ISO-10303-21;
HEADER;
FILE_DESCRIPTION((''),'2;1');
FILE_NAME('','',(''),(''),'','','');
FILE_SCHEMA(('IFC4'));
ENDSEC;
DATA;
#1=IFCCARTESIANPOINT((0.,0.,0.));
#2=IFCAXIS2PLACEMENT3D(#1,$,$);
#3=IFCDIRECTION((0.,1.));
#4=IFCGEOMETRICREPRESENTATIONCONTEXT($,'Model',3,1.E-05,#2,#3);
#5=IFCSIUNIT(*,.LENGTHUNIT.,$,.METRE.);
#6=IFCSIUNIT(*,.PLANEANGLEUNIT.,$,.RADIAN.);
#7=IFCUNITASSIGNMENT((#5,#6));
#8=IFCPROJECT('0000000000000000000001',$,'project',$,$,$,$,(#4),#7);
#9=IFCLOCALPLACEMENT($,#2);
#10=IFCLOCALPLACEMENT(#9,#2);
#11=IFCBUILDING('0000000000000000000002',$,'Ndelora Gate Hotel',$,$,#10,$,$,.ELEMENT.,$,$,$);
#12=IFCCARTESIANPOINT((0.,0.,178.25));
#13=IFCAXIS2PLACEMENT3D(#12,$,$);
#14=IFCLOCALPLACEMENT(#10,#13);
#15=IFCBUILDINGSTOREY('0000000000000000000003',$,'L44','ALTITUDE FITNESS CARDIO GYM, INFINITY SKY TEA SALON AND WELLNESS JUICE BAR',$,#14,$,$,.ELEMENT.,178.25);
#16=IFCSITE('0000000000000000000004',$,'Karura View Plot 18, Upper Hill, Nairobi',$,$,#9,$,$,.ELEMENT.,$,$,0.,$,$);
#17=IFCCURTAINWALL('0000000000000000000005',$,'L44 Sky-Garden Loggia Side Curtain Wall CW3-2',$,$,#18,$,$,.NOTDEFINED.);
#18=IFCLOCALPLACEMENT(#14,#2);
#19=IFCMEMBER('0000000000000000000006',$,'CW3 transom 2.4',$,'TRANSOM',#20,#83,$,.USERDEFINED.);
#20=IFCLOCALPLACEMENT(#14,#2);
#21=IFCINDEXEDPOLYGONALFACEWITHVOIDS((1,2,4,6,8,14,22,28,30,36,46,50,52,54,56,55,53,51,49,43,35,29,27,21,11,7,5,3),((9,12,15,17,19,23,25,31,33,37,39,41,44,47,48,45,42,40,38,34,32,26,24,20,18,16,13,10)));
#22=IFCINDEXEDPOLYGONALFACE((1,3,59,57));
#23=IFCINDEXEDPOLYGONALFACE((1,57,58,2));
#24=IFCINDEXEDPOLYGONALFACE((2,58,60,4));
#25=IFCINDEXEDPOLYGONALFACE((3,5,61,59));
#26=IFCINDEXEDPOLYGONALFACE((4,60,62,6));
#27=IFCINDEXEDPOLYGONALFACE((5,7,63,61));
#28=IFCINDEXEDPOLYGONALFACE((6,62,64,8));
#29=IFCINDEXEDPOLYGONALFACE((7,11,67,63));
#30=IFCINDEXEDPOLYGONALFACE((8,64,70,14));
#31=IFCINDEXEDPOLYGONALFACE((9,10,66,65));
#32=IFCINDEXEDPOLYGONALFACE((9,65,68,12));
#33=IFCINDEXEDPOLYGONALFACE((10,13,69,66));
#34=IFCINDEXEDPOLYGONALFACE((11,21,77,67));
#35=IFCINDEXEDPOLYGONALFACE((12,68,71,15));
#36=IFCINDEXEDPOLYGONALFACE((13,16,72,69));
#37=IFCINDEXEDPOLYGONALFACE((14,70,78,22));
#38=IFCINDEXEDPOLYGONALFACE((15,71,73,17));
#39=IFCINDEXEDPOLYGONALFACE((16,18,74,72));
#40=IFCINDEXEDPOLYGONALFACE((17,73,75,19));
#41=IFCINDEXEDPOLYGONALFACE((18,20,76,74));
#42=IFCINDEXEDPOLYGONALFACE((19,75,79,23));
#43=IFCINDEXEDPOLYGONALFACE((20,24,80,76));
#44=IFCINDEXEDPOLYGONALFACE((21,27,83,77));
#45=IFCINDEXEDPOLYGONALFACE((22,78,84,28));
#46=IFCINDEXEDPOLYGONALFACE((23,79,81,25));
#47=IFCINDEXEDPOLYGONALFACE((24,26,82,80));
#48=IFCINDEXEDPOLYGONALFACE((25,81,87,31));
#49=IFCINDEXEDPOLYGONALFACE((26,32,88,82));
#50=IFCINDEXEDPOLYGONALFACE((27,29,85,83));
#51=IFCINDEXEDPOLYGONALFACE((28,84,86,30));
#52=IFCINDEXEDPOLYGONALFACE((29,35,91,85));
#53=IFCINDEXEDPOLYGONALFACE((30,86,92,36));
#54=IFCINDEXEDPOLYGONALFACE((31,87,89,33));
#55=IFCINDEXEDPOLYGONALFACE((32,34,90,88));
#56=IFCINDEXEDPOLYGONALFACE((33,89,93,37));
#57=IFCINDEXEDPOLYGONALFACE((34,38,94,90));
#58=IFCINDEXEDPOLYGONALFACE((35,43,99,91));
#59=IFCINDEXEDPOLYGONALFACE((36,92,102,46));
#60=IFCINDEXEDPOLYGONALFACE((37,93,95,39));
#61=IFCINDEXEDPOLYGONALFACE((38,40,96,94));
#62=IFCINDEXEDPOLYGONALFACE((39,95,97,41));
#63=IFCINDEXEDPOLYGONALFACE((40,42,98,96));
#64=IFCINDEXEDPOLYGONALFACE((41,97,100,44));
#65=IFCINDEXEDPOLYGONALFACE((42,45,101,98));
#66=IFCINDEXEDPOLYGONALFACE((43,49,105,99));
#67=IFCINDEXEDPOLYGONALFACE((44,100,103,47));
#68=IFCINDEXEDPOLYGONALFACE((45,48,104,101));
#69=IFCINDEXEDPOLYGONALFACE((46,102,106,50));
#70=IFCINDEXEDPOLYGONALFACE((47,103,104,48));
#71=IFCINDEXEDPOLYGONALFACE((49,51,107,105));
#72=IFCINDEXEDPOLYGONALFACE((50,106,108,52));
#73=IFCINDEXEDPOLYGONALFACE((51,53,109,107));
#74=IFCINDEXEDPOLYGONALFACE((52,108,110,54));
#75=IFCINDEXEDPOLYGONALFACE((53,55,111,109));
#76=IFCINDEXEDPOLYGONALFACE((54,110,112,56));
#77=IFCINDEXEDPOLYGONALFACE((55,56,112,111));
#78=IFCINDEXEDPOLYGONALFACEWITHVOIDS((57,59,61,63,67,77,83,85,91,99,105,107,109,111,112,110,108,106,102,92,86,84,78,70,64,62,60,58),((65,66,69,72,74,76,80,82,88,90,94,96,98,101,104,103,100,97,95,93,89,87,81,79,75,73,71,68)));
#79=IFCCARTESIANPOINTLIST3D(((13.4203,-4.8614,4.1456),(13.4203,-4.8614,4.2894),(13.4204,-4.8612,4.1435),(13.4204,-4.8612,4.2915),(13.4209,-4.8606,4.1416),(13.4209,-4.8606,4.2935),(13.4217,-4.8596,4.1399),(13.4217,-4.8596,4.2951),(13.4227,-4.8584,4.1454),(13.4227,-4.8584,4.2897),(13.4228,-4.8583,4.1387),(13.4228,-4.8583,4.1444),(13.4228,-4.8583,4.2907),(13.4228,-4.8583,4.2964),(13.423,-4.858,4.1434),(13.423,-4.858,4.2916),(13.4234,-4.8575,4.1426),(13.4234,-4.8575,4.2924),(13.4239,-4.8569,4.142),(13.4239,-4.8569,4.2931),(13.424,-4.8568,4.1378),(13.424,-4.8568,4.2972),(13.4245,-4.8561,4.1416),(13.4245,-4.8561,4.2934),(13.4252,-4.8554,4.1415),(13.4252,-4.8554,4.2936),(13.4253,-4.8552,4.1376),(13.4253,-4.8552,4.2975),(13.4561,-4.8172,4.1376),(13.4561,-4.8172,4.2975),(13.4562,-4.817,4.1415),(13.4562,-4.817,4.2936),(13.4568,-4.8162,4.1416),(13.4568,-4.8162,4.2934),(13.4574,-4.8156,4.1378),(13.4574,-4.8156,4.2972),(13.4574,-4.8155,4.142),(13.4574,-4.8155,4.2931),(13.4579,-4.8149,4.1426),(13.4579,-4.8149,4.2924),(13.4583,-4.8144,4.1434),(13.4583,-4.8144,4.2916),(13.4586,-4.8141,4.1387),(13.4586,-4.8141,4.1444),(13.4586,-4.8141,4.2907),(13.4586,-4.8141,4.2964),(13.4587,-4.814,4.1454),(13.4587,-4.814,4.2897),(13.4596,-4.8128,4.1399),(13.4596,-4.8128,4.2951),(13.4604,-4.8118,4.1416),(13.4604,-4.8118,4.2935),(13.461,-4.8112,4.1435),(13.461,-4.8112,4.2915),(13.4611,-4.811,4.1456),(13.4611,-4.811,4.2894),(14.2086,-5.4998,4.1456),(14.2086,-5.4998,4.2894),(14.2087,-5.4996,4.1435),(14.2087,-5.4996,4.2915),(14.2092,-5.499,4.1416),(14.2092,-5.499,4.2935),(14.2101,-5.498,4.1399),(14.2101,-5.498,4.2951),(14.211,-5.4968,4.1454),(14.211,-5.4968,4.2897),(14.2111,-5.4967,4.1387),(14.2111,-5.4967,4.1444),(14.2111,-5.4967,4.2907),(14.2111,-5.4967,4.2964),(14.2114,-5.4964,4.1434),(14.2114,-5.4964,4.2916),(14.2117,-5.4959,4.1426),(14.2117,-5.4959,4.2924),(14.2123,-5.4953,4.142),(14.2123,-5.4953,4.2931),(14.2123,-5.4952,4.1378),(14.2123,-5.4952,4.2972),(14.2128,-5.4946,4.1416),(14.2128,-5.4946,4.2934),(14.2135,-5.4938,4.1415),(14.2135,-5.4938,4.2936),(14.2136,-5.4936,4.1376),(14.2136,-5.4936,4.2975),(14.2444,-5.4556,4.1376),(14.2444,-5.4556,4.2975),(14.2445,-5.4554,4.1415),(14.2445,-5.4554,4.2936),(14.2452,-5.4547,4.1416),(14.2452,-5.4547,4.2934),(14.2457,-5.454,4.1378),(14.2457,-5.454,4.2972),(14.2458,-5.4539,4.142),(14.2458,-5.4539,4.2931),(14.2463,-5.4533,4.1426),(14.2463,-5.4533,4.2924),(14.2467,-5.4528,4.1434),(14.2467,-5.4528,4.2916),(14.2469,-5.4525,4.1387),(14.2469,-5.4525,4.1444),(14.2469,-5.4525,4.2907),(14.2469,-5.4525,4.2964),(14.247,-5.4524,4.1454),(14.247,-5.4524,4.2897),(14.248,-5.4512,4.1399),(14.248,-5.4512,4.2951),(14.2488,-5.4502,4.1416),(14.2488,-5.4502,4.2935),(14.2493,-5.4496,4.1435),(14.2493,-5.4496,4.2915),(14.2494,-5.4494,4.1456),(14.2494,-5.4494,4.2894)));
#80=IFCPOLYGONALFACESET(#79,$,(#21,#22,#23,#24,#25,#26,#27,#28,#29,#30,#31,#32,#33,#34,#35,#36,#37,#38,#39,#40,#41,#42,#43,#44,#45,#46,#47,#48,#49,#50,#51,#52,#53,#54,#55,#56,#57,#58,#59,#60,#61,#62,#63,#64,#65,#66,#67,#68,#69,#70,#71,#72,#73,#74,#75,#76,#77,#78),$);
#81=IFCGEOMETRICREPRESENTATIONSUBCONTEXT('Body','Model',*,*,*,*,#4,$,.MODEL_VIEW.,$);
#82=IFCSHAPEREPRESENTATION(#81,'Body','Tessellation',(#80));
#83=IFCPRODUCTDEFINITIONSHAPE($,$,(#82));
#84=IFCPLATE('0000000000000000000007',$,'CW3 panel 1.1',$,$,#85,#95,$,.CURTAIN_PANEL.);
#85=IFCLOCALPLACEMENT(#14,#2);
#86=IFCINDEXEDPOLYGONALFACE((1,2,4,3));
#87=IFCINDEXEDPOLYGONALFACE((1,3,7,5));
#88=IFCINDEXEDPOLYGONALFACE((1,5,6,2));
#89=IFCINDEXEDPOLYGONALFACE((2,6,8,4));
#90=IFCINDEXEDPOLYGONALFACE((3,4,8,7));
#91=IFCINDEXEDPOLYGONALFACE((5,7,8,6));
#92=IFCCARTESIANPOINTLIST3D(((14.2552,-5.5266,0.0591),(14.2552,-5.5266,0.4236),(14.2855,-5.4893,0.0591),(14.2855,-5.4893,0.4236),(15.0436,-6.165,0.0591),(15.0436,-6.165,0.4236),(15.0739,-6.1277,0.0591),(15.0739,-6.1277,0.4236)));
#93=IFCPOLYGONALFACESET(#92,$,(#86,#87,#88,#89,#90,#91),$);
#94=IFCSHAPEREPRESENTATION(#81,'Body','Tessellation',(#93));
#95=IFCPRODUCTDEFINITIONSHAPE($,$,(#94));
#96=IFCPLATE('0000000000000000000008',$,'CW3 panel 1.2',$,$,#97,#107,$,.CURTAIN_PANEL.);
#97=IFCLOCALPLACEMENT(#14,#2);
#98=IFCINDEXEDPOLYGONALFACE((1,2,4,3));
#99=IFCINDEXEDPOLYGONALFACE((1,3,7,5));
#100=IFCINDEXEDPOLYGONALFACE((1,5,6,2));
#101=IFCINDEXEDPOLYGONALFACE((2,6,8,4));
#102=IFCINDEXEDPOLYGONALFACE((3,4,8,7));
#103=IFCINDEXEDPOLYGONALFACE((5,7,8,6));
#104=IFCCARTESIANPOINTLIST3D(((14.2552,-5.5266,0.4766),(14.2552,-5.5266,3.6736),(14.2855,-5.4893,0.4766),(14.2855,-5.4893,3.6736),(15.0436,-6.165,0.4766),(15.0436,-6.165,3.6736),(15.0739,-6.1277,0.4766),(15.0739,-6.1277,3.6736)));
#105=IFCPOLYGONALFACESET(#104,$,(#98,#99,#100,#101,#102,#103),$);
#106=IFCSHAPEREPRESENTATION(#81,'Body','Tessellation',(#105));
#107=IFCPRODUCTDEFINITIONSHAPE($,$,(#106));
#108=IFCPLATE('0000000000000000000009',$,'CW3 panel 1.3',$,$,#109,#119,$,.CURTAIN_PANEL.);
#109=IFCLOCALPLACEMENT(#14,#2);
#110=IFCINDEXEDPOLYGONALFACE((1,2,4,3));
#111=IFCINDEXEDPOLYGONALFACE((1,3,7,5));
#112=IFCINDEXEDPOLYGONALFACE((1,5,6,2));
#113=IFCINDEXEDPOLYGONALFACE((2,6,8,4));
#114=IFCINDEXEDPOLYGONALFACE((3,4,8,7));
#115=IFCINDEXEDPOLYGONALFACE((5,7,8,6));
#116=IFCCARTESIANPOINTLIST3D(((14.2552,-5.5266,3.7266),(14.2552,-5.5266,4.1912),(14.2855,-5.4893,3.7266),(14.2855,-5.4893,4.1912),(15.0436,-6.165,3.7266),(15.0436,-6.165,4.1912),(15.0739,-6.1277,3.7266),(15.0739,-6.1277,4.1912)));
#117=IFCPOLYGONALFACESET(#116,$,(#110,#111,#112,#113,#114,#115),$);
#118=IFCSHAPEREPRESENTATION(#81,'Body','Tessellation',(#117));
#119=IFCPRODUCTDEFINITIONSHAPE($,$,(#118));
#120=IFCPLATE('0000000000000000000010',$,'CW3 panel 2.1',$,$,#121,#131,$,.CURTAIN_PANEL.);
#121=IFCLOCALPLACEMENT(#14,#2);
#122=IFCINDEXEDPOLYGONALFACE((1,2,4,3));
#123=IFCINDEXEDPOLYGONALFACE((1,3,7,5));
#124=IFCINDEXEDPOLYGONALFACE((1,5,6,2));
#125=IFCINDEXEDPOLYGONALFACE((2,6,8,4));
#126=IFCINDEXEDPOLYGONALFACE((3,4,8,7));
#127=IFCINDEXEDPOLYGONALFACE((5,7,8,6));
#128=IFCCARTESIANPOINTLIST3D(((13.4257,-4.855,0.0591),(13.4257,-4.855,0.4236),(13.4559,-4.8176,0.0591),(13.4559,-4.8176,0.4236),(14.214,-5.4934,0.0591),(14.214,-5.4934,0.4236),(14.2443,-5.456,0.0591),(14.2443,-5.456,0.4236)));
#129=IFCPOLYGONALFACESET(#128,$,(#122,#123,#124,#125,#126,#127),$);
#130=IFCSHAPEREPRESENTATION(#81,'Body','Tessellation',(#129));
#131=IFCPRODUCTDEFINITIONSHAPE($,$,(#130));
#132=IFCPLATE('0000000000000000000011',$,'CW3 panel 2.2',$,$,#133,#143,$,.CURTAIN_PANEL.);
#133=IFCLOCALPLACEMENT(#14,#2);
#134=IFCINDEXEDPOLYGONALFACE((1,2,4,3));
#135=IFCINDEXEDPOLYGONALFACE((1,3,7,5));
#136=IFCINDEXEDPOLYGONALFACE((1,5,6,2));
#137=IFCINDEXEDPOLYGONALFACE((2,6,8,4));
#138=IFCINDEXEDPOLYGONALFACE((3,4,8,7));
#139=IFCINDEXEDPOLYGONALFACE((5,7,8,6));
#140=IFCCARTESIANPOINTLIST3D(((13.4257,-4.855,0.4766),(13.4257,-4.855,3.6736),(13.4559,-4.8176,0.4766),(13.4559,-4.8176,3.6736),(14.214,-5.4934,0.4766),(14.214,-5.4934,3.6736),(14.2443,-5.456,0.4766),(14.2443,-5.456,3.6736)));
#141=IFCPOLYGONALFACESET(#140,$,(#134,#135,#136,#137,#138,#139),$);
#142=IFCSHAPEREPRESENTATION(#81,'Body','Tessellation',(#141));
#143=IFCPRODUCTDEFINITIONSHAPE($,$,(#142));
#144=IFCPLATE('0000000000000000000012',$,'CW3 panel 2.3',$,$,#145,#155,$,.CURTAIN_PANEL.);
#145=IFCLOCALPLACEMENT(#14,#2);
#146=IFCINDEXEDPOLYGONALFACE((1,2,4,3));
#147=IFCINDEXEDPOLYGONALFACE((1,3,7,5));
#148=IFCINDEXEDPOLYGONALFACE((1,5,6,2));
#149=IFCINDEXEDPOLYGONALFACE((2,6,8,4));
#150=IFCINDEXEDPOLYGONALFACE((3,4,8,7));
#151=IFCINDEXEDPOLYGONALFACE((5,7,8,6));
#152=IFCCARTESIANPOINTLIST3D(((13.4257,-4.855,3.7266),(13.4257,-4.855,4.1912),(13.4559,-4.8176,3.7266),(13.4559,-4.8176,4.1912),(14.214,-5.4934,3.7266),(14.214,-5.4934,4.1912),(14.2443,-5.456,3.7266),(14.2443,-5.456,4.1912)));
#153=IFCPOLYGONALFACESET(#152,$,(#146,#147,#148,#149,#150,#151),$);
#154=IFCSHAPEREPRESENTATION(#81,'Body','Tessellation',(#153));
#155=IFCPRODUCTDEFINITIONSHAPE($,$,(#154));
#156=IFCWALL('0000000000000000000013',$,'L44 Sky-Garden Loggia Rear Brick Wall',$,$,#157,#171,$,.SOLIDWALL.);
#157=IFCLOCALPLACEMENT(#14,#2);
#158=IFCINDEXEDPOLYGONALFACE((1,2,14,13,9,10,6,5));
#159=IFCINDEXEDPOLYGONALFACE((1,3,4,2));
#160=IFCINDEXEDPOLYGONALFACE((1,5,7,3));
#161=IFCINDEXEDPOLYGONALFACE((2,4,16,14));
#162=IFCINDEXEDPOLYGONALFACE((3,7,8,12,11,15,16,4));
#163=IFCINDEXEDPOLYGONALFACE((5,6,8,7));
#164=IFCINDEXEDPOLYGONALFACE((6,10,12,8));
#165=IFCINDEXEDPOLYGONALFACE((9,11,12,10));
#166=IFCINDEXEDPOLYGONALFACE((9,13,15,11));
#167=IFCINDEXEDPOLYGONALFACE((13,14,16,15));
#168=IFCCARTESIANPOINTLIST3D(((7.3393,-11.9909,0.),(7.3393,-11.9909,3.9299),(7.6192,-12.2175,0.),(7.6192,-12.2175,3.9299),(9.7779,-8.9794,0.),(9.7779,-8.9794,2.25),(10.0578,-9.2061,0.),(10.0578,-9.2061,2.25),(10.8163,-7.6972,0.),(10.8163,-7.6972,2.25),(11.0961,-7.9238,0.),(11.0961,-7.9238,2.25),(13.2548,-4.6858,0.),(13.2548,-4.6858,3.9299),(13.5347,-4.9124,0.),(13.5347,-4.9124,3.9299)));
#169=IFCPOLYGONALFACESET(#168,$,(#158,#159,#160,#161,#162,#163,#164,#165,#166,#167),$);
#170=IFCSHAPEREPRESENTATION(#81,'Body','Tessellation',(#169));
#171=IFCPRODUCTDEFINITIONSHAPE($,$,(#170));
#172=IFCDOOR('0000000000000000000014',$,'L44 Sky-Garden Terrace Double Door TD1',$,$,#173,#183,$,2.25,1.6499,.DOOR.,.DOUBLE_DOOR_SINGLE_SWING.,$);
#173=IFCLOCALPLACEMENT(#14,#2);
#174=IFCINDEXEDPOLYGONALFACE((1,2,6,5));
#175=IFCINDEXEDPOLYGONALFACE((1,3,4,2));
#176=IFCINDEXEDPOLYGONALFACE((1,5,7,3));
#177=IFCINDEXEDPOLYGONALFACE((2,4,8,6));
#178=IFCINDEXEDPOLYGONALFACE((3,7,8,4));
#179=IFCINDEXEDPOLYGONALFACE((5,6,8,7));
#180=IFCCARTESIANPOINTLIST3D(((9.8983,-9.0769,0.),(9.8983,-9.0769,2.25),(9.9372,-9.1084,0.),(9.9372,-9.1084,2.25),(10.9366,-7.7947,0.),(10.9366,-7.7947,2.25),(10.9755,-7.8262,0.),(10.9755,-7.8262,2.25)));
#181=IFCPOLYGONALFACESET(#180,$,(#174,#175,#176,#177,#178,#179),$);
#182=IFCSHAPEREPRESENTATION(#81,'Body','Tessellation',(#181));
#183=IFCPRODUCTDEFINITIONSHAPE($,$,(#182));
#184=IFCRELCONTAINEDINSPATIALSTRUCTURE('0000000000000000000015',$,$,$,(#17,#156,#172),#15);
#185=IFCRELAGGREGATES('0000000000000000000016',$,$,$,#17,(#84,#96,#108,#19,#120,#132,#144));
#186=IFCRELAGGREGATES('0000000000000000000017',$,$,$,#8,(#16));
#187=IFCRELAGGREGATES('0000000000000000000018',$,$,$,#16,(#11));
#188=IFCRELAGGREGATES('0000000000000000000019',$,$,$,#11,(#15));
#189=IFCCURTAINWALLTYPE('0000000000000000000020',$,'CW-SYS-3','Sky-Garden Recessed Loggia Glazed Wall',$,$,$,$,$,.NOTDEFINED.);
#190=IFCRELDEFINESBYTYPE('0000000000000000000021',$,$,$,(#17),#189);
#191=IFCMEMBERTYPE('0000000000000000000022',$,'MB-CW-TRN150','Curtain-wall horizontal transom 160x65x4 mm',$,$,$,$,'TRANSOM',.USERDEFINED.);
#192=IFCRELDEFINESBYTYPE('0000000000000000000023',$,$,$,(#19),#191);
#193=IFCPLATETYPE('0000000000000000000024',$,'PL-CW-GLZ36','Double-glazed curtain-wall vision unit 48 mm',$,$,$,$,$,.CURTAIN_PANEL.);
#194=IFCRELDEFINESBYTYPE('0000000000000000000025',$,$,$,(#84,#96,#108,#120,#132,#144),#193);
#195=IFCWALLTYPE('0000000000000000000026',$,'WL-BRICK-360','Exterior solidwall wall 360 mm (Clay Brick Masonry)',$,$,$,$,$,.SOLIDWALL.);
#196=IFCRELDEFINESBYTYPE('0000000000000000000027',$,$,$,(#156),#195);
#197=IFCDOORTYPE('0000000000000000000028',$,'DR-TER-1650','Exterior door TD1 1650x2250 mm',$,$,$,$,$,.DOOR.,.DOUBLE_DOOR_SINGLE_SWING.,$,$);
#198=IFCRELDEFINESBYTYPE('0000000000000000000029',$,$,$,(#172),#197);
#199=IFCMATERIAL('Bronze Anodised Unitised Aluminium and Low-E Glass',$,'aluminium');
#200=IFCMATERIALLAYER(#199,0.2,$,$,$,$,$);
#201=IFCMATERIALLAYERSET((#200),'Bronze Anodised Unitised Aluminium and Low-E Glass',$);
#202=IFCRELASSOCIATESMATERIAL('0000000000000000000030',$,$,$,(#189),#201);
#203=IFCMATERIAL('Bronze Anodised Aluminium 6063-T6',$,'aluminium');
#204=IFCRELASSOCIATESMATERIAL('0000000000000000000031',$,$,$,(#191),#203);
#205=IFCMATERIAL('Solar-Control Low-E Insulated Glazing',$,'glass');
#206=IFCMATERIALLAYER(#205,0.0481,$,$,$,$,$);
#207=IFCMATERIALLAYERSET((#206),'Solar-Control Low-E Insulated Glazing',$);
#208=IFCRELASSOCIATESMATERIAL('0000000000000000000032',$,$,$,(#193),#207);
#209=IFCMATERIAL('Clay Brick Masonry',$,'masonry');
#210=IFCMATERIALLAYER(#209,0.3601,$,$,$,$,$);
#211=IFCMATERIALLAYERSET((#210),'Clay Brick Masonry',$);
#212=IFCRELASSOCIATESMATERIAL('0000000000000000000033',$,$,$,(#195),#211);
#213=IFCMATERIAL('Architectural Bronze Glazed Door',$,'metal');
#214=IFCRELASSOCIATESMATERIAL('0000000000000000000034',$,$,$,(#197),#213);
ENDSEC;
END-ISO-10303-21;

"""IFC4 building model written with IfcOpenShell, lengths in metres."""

from ifc_helpers import new_model, si_unit, direction, frame, frame_2d, origin, origin_2d, place, context, subcontext, project, spatial, rectangle, hollow_rectangle, extrude, material, layer, layer_set, material_profile, profile_set, type_object, element, fill, aggregate, save


model = new_model("IFC4")

# Units and contexts
model_context = context("Model", 3, precision=1e-05, world=origin(), true_north=direction((0.0, 1.0)))
body_context = subcontext(model_context, "Body", "Model", "MODEL_VIEW")
ifc_project = project(units=[si_unit("LENGTHUNIT", "METRE"), si_unit("PLANEANGLEUNIT", "RADIAN")], contexts=[model_context])

# Site, building, storey
site_placement = place(None, origin())
site = spatial("IfcSite", under=ifc_project, at=site_placement, Name="Karura View Plot 18, Upper Hill, Nairobi", CompositionType="ELEMENT", RefElevation=0.0)
building_placement = place(site_placement, origin())
building = spatial("IfcBuilding", under=site, at=building_placement, Name="Ndelora Gate Hotel", CompositionType="ELEMENT")
storey_placement = place(building_placement, frame((0.0, 0.0, 178.25)))
storey = spatial("IfcBuildingStorey", under=building, at=storey_placement, Name="L44", Description="ALTITUDE FITNESS CARDIO GYM, INFINITY SKY TEA SALON AND WELLNESS JUICE BAR", CompositionType="ELEMENT", Elevation=178.25)

# Curtain wall, member, plates
ifc_material_1 = material(Name="Bronze Anodised Unitised Aluminium and Low-E Glass", Category="aluminium")
ifc_layer_1 = layer(ifc_material_1, 0.2)
ifc_layer_set_1 = layer_set([ifc_layer_1], Name="Bronze Anodised Unitised Aluminium and Low-E Glass")
curtain_wall_type = type_object("IfcCurtainWallType", Name="CW-SYS-3", Description="Sky-Garden Recessed Loggia Glazed Wall", PredefinedType="NOTDEFINED", material=ifc_layer_set_1)
curtain_wall_placement = place(storey_placement, origin())
curtain_wall = element("IfcCurtainWall", 1, at=curtain_wall_placement, inside=storey, type_object=curtain_wall_type, Name="L44 Sky-Garden Loggia Side Curtain Wall CW3-2", PredefinedType="NOTDEFINED")
ifc_material_2 = material(Name="Bronze Anodised Aluminium 6063-T6", Category="aluminium")
ifc_material_profile_1 = material_profile(ifc_material_2, hollow_rectangle(XDim=0.0649, YDim=0.1599, WallThickness=0.0039, InnerFilletRadius=0.0039, OuterFilletRadius=0.0081, at=origin_2d()), Name="ALU 160x65x4")
ifc_profile_set_1 = profile_set([ifc_material_profile_1], Name="Bronze Anodised Aluminium 6063-T6")
member_type_1 = type_object("IfcMemberType", Name="MB-CW-TRN150", Description="Curtain-wall horizontal transom 160x65x4 mm", ElementType="TRANSOM", PredefinedType="USERDEFINED", material=ifc_profile_set_1)
member_1_placement = place(storey_placement, frame((14.229, -5.4746, 4.2175), z_axis=(-0.777122, 0.629351, 0.0), x_axis=(-0.629351, -0.777122, 0.0)))
member_1 = element("IfcMember", 2, at=member_1_placement, type_object=member_type_1, Name="CW3 transom 2.4", ObjectType="TRANSOM", PredefinedType="USERDEFINED", context=body_context, shape_type="SweptSolid", body=[
    extrude(hollow_rectangle(XDim=0.0649, YDim=0.1599, WallThickness=0.0039, InnerFilletRadius=0.0039, OuterFilletRadius=0.0081, at=origin_2d()), origin(), (0.0, 0.0, 1.0), 1.0144),
])
ifc_material_3 = material(Name="Solar-Control Low-E Insulated Glazing", Category="glass")
ifc_layer_2 = layer(ifc_material_3, 0.0481)
ifc_layer_set_2 = layer_set([ifc_layer_2], Name="Solar-Control Low-E Insulated Glazing")
plate_type = type_object("IfcPlateType", Name="PL-CW-GLZ36", Description="Double-glazed curtain-wall vision unit 48 mm", PredefinedType="CURTAIN_PANEL", material=ifc_layer_set_2)
plate_1_placement = place(storey_placement, frame((14.6646, -5.8271, 0.0591), z_axis=(0.0, 0.0, 1.0), x_axis=(-0.777143, 0.629324, 0.0)))
plate_1 = element("IfcPlate", 3, at=plate_1_placement, type_object=plate_type, Name="CW3 panel 1.1", PredefinedType="CURTAIN_PANEL", context=body_context, shape_type="SweptSolid", body=[
    extrude(rectangle(XDim=1.0144, YDim=0.0481, at=origin_2d()), origin(), (0.0, 0.0, 1.0), 0.3645),
])
plate_2_placement = place(storey_placement, frame((14.6646, -5.8271, 0.4766), z_axis=(0.0, 0.0, 1.0), x_axis=(-0.777143, 0.629324, 0.0)))
plate_2 = element("IfcPlate", 4, at=plate_2_placement, type_object=plate_type, Name="CW3 panel 1.2", PredefinedType="CURTAIN_PANEL", context=body_context, shape_type="SweptSolid", body=[
    extrude(rectangle(XDim=1.0144, YDim=0.0481, at=origin_2d()), origin(), (0.0, 0.0, 1.0), 3.197),
])
plate_3_placement = place(storey_placement, frame((14.6646, -5.8271, 3.7266), z_axis=(0.0, 0.0, 1.0), x_axis=(-0.777143, 0.629324, 0.0)))
plate_3 = element("IfcPlate", 5, at=plate_3_placement, type_object=plate_type, Name="CW3 panel 1.3", PredefinedType="CURTAIN_PANEL", context=body_context, shape_type="SweptSolid", body=[
    extrude(rectangle(XDim=1.0144, YDim=0.0481, at=origin_2d()), origin(), (0.0, 0.0, 1.0), 0.4646),
])
plate_4_placement = place(storey_placement, frame((13.835, -5.1555, 0.0591), z_axis=(0.0, 0.0, 1.0), x_axis=(-0.777143, 0.629324, 0.0)))
plate_4 = element("IfcPlate", 6, at=plate_4_placement, type_object=plate_type, Name="CW3 panel 2.1", PredefinedType="CURTAIN_PANEL", context=body_context, shape_type="SweptSolid", body=[
    extrude(rectangle(XDim=1.0144, YDim=0.0481, at=origin_2d()), origin(), (0.0, 0.0, 1.0), 0.3645),
])
plate_5_placement = place(storey_placement, frame((13.835, -5.1555, 0.4766), z_axis=(0.0, 0.0, 1.0), x_axis=(-0.777143, 0.629324, 0.0)))
plate_5 = element("IfcPlate", 7, at=plate_5_placement, type_object=plate_type, Name="CW3 panel 2.2", PredefinedType="CURTAIN_PANEL", context=body_context, shape_type="SweptSolid", body=[
    extrude(rectangle(XDim=1.0144, YDim=0.0481, at=origin_2d()), origin(), (0.0, 0.0, 1.0), 3.197),
])
plate_6_placement = place(storey_placement, frame((13.835, -5.1555, 3.7266), z_axis=(0.0, 0.0, 1.0), x_axis=(-0.777143, 0.629324, 0.0)))
plate_6 = element("IfcPlate", 8, at=plate_6_placement, type_object=plate_type, Name="CW3 panel 2.3", PredefinedType="CURTAIN_PANEL", context=body_context, shape_type="SweptSolid", body=[
    extrude(rectangle(XDim=1.0144, YDim=0.0481, at=origin_2d()), origin(), (0.0, 0.0, 1.0), 0.4646),
])
aggregate(curtain_wall, [plate_1, plate_2, plate_3, member_1, plate_4, plate_5, plate_6])

# Wall, opening, door
ifc_material_4 = material(Name="Clay Brick Masonry", Category="masonry")
ifc_layer_3 = layer(ifc_material_4, 0.3601)
ifc_layer_set_3 = layer_set([ifc_layer_3], Name="Clay Brick Masonry")
wall_type = type_object("IfcWallType", Name="WL-BRICK-360", Description="Exterior solidwall wall 360 mm (Clay Brick Masonry)", PredefinedType="SOLIDWALL", material=ifc_layer_set_3)
wall_placement = place(storey_placement, frame((13.3948, -4.7991, 0.0), z_axis=(0.0, 0.0, 1.0), x_axis=(-0.629315, -0.777151, 0.0)))
wall = element("IfcWall", 9, at=wall_placement, inside=storey, type_object=wall_type, Name="L44 Sky-Garden Loggia Rear Brick Wall", PredefinedType="SOLIDWALL", context=body_context, shape_type="SweptSolid", body=[
    extrude(rectangle(XDim=9.3999, YDim=0.3601, at=frame_2d((4.7, 0.0))), origin(), (0.0, 0.0, 1.0), 3.9299),
])
opening_placement = place(wall_placement, frame((3.875, 0.0, 0.0)))
opening = element("IfcOpeningElement", 10, at=opening_placement, cuts=wall, PredefinedType="OPENING", context=body_context, shape_type="SweptSolid", body=[
    extrude(rectangle(XDim=1.6499, YDim=2.25, at=frame_2d((0.825, 1.125))), frame((0.0, 0.1899, 0.0), z_axis=(0.0, -1.0, 0.0), x_axis=(1.0, 0.0, 0.0)), (0.0, 0.0, 1.0), 0.3801),
])
ifc_material_5 = material(Name="Architectural Bronze Glazed Door", Category="metal")
door_type = type_object("IfcDoorType", Name="DR-TER-1650", Description="Exterior door TD1 1650x2250 mm", OperationType="DOUBLE_DOOR_SINGLE_SWING", PredefinedType="DOOR", material=ifc_material_5)
door_placement = place(opening_placement, origin())
door = element("IfcDoor", 11, at=door_placement, inside=storey, type_object=door_type, Name="L44 Sky-Garden Terrace Double Door TD1", OperationType="DOUBLE_DOOR_SINGLE_SWING", OverallHeight=2.25, OverallWidth=1.6499, PredefinedType="DOOR", context=body_context, shape_type="SweptSolid", body=[
    extrude(rectangle(XDim=1.6499, YDim=2.25, at=frame_2d((0.825, 1.125))), frame((0.0, 0.0249, 0.0), z_axis=(0.0, -1.0, 0.0), x_axis=(1.0, 0.0, 0.0)), (0.0, 0.0, 1.0), 0.05),
])
fill(opening, door)

save(model, "model.ifc")
